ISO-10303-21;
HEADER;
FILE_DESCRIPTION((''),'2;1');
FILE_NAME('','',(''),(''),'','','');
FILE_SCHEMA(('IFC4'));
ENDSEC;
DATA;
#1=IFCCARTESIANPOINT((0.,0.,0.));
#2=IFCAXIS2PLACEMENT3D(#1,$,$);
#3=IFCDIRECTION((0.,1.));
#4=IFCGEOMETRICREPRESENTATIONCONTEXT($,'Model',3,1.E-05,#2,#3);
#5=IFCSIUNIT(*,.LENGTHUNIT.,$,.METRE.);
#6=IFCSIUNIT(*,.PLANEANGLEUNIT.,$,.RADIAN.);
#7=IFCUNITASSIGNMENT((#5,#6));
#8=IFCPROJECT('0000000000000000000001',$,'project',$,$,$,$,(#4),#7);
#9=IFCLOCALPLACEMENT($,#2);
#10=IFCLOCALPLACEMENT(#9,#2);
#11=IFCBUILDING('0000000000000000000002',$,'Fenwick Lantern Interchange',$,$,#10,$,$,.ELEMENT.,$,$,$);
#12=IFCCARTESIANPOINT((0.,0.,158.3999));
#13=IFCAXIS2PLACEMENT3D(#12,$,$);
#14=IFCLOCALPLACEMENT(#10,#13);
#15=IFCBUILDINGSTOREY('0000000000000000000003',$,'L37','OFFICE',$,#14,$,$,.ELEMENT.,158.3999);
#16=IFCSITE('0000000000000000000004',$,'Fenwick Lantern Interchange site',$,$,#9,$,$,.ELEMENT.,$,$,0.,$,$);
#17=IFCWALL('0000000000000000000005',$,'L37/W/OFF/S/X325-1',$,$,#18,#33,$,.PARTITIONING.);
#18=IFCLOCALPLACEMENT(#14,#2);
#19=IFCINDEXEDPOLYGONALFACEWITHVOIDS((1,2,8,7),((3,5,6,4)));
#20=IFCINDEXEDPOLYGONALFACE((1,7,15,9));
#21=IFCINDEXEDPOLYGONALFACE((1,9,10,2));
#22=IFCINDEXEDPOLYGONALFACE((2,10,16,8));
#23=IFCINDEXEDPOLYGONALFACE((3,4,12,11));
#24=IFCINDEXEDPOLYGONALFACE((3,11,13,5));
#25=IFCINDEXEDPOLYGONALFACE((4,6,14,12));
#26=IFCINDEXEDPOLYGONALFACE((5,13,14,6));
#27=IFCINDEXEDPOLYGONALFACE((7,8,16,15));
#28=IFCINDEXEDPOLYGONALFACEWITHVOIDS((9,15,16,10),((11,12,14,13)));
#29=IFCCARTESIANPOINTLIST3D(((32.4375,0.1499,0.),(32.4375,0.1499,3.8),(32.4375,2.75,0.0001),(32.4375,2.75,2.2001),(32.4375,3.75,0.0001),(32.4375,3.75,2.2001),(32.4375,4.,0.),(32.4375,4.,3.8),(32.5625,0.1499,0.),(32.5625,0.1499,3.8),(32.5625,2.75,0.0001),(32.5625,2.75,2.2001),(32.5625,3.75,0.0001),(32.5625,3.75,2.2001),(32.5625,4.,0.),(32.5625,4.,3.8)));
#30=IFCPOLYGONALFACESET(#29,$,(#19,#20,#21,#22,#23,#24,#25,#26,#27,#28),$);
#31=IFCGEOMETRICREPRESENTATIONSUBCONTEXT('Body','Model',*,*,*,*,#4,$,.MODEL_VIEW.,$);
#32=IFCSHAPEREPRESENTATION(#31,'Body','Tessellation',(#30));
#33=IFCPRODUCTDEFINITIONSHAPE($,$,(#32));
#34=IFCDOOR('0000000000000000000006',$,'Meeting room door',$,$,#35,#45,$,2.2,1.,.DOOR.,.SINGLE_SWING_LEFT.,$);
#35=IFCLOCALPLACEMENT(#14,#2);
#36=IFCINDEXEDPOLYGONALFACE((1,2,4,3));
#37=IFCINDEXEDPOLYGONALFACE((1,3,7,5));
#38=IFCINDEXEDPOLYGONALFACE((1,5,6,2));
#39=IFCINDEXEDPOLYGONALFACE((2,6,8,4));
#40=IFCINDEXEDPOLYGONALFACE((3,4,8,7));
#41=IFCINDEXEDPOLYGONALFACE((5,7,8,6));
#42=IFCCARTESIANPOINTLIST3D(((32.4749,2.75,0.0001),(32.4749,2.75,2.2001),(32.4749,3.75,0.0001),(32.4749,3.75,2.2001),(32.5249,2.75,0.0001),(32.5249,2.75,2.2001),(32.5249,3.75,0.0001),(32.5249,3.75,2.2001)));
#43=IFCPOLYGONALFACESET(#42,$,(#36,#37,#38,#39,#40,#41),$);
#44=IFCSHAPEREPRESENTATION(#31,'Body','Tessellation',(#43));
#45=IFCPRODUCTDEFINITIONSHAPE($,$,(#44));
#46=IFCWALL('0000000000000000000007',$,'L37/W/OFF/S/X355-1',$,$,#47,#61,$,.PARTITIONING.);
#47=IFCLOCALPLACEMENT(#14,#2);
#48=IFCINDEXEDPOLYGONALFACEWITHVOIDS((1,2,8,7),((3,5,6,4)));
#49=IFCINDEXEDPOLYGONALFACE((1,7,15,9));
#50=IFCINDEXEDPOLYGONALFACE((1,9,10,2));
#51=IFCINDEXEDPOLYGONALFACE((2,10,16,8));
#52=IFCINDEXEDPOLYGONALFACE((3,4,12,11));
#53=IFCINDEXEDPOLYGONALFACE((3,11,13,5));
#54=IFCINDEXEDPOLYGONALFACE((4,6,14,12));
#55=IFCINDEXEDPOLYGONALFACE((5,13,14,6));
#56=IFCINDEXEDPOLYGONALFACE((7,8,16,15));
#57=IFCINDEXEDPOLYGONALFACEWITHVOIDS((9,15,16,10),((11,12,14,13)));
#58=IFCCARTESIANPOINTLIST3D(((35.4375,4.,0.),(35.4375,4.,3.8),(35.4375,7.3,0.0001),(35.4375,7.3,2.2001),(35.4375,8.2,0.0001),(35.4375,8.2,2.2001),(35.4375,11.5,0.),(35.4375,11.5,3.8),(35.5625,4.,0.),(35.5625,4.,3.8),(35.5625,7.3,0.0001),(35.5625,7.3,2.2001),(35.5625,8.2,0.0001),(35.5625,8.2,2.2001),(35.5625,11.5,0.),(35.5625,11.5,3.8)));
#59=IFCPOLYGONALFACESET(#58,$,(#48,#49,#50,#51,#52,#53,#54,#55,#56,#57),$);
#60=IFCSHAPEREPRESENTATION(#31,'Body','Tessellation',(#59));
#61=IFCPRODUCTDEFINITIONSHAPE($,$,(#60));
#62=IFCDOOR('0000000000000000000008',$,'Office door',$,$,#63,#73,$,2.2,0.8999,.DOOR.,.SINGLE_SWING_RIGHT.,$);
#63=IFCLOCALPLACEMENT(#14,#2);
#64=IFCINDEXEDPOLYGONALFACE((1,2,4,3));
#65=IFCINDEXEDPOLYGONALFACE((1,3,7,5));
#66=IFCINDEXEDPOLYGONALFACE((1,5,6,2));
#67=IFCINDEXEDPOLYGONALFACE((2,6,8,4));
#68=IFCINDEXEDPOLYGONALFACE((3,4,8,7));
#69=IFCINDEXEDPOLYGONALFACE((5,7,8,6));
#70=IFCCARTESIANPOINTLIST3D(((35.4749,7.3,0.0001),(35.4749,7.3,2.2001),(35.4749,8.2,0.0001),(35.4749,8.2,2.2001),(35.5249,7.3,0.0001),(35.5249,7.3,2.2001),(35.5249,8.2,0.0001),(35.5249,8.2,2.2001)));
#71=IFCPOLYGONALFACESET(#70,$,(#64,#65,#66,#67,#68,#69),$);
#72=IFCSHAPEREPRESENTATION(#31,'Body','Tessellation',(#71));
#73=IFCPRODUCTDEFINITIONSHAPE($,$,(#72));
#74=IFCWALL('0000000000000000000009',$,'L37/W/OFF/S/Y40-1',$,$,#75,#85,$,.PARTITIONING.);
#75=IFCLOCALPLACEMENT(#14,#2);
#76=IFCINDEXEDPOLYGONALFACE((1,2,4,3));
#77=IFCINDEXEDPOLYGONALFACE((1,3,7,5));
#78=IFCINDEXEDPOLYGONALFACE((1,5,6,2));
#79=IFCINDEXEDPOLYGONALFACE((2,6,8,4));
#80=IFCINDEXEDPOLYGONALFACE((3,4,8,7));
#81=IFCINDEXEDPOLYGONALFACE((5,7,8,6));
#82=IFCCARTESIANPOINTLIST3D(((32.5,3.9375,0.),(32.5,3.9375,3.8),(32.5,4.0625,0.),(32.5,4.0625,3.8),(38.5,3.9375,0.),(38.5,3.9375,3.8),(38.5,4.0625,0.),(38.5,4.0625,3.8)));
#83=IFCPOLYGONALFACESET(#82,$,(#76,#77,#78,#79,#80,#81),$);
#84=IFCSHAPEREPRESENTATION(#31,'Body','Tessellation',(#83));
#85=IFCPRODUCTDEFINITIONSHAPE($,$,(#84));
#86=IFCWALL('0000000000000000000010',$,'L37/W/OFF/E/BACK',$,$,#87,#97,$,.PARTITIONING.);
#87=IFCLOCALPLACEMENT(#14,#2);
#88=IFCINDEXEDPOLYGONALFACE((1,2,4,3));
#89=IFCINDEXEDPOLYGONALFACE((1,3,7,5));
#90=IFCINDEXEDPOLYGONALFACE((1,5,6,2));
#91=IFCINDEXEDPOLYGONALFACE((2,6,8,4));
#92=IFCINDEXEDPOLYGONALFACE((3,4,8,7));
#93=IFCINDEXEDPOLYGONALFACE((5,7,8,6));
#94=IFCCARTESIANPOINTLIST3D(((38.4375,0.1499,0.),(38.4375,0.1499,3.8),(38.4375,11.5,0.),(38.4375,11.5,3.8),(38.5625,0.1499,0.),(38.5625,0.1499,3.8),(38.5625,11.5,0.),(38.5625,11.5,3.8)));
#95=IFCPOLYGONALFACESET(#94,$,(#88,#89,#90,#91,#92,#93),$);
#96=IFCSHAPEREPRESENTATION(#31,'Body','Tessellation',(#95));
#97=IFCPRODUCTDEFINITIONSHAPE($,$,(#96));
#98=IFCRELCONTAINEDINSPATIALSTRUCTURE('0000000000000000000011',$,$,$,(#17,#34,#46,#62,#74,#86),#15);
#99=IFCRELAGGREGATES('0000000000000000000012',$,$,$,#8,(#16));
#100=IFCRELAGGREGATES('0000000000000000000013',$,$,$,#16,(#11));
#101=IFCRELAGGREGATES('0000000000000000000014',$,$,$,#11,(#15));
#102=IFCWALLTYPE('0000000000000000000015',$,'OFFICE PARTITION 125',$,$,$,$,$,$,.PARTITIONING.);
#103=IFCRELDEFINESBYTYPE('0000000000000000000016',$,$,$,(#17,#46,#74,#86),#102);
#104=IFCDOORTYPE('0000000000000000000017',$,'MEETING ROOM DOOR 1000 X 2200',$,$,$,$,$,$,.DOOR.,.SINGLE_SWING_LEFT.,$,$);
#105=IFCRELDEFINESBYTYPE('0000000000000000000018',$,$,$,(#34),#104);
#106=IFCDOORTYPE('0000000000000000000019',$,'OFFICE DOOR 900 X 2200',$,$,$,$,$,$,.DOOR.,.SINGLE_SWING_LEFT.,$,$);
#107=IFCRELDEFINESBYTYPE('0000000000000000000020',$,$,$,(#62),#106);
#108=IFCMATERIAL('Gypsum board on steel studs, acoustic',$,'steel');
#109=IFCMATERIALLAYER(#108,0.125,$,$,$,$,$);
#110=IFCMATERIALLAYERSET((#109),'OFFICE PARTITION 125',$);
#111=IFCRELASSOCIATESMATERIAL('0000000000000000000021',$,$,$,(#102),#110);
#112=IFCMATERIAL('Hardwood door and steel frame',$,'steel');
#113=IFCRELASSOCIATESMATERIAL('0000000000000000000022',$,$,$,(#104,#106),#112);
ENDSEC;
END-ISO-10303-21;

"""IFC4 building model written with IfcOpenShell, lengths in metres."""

from ifc_helpers import new_model, si_unit, direction, frame, frame_2d, origin, place, context, subcontext, project, spatial, rectangle, extrude, material, layer, layer_set, type_object, element, fill, save


model = new_model("IFC4")

# Units and contexts
model_context = context("Model", 3, precision=1e-05, world=origin(), true_north=direction((0.0, 1.0)))
body_context = subcontext(model_context, "Body", "Model", "MODEL_VIEW")
ifc_project = project(units=[si_unit("LENGTHUNIT", "METRE"), si_unit("PLANEANGLEUNIT", "RADIAN")], contexts=[model_context])

# Site, building, storey
site_placement = place(None, origin())
site = spatial("IfcSite", under=ifc_project, at=site_placement, Name="Fenwick Lantern Interchange site", CompositionType="ELEMENT", RefElevation=0.0)
building_placement = place(site_placement, origin())
building = spatial("IfcBuilding", under=site, at=building_placement, Name="Fenwick Lantern Interchange", CompositionType="ELEMENT")
storey_placement = place(building_placement, frame((0.0, 0.0, 158.3999)))
storey = spatial("IfcBuildingStorey", under=building, at=storey_placement, Name="L37", Description="OFFICE", CompositionType="ELEMENT", Elevation=158.3999)

# Walls, openings, doors
ifc_material_1 = material(Name="Gypsum board on steel studs, acoustic", Category="steel")
ifc_layer = layer(ifc_material_1, 0.125)
ifc_layer_set = layer_set([ifc_layer], Name="OFFICE PARTITION 125")
wall_type = type_object("IfcWallType", Name="OFFICE PARTITION 125", PredefinedType="PARTITIONING", material=ifc_layer_set)
wall_1_placement = place(storey_placement, frame((32.5, 0.1499, 0.0), z_axis=(0.0, 0.0, 1.0), x_axis=(0.0, 1.0, 0.0)))
wall_1 = element("IfcWall", 1, at=wall_1_placement, inside=storey, type_object=wall_type, Name="L37/W/OFF/S/X325-1", PredefinedType="PARTITIONING", context=body_context, shape_type="SweptSolid", body=[
    extrude(rectangle(XDim=3.8501, YDim=0.125, at=frame_2d((1.925, 0.0))), origin(), (0.0, 0.0, 1.0), 3.8),
])
opening_1_placement = place(wall_1_placement, frame((2.6001, 0.0, 0.0)))
opening_1 = element("IfcOpeningElement", 2, at=opening_1_placement, cuts=wall_1, PredefinedType="OPENING", context=body_context, shape_type="SweptSolid", body=[
    extrude(rectangle(XDim=1.0, YDim=2.2, at=frame_2d((0.5, 1.1001))), frame((0.0, 0.0725, 0.0), z_axis=(0.0, -1.0, 0.0), x_axis=(1.0, 0.0, 0.0)), (0.0, 0.0, 1.0), 0.145),
])
ifc_material_2 = material(Name="Hardwood door and steel frame", Category="steel")
door_type_1 = type_object("IfcDoorType", Name="MEETING ROOM DOOR 1000 X 2200", OperationType="SINGLE_SWING_LEFT", PredefinedType="DOOR", material=ifc_material_2)
door_1_placement = place(opening_1_placement, frame((1.0, 0.0, 0.0), z_axis=(0.0, 0.0, 1.0), x_axis=(-1.0, 0.0, 0.0)))
door_1 = element("IfcDoor", 3, at=door_1_placement, inside=storey, type_object=door_type_1, Name="Meeting room door", OperationType="SINGLE_SWING_LEFT", OverallHeight=2.2, OverallWidth=1.0, PredefinedType="DOOR", context=body_context, shape_type="SweptSolid", body=[
    extrude(rectangle(XDim=1.0, YDim=2.2, at=frame_2d((0.5, 1.1001))), frame((0.0, 0.0249, 0.0), z_axis=(0.0, -1.0, 0.0), x_axis=(1.0, 0.0, 0.0)), (0.0, 0.0, 1.0), 0.05),
])
fill(opening_1, door_1)
wall_2_placement = place(storey_placement, frame((35.5, 4.0, 0.0), z_axis=(0.0, 0.0, 1.0), x_axis=(0.0, 1.0, 0.0)))
wall_2 = element("IfcWall", 4, at=wall_2_placement, inside=storey, type_object=wall_type, Name="L37/W/OFF/S/X355-1", PredefinedType="PARTITIONING", context=body_context, shape_type="SweptSolid", body=[
    extrude(rectangle(XDim=7.5, YDim=0.125, at=frame_2d((3.75, 0.0))), origin(), (0.0, 0.0, 1.0), 3.8),
])
opening_2_placement = place(wall_2_placement, frame((3.3, 0.0, 0.0)))
opening_2 = element("IfcOpeningElement", 5, at=opening_2_placement, cuts=wall_2, PredefinedType="OPENING", context=body_context, shape_type="SweptSolid", body=[
    extrude(rectangle(XDim=0.8999, YDim=2.2, at=frame_2d((0.45, 1.1001))), frame((0.0, 0.0725, 0.0), z_axis=(0.0, -1.0, 0.0), x_axis=(1.0, 0.0, 0.0)), (0.0, 0.0, 1.0), 0.145),
])
door_type_2 = type_object("IfcDoorType", Name="OFFICE DOOR 900 X 2200", OperationType="SINGLE_SWING_LEFT", PredefinedType="DOOR", material=ifc_material_2)
door_2_placement = place(opening_2_placement, frame((0.8999, 0.0, 0.0), z_axis=(0.0, 0.0, 1.0), x_axis=(-1.0, 0.0, 0.0)))
door_2 = element("IfcDoor", 6, at=door_2_placement, inside=storey, type_object=door_type_2, Name="Office door", OperationType="SINGLE_SWING_RIGHT", OverallHeight=2.2, OverallWidth=0.8999, PredefinedType="DOOR", context=body_context, shape_type="SweptSolid", body=[
    extrude(rectangle(XDim=0.8999, YDim=2.2, at=frame_2d((0.45, 1.1001))), frame((0.0, 0.0249, 0.0), z_axis=(0.0, -1.0, 0.0), x_axis=(1.0, 0.0, 0.0)), (0.0, 0.0, 1.0), 0.05),
])
fill(opening_2, door_2)

# Walls
wall_3_placement = place(storey_placement, frame((32.5, 4.0, 0.0), z_axis=(0.0, 0.0, 1.0), x_axis=(1.0, 0.0, 0.0)))
element("IfcWall", 7, at=wall_3_placement, inside=storey, type_object=wall_type, Name="L37/W/OFF/S/Y40-1", PredefinedType="PARTITIONING", context=body_context, shape_type="SweptSolid", body=[
    extrude(rectangle(XDim=6.0, YDim=0.125, at=frame_2d((3.0, 0.0))), origin(), (0.0, 0.0, 1.0), 3.8),
])
wall_4_placement = place(storey_placement, frame((38.5, 0.1499, 0.0), z_axis=(0.0, 0.0, 1.0), x_axis=(0.0, 1.0, 0.0)))
element("IfcWall", 8, at=wall_4_placement, inside=storey, type_object=wall_type, Name="L37/W/OFF/E/BACK", PredefinedType="PARTITIONING", context=body_context, shape_type="SweptSolid", body=[
    extrude(rectangle(XDim=11.3501, YDim=0.125, at=frame_2d((5.675, 0.0))), origin(), (0.0, 0.0, 1.0), 3.8),
])

save(model, "model.ifc")
